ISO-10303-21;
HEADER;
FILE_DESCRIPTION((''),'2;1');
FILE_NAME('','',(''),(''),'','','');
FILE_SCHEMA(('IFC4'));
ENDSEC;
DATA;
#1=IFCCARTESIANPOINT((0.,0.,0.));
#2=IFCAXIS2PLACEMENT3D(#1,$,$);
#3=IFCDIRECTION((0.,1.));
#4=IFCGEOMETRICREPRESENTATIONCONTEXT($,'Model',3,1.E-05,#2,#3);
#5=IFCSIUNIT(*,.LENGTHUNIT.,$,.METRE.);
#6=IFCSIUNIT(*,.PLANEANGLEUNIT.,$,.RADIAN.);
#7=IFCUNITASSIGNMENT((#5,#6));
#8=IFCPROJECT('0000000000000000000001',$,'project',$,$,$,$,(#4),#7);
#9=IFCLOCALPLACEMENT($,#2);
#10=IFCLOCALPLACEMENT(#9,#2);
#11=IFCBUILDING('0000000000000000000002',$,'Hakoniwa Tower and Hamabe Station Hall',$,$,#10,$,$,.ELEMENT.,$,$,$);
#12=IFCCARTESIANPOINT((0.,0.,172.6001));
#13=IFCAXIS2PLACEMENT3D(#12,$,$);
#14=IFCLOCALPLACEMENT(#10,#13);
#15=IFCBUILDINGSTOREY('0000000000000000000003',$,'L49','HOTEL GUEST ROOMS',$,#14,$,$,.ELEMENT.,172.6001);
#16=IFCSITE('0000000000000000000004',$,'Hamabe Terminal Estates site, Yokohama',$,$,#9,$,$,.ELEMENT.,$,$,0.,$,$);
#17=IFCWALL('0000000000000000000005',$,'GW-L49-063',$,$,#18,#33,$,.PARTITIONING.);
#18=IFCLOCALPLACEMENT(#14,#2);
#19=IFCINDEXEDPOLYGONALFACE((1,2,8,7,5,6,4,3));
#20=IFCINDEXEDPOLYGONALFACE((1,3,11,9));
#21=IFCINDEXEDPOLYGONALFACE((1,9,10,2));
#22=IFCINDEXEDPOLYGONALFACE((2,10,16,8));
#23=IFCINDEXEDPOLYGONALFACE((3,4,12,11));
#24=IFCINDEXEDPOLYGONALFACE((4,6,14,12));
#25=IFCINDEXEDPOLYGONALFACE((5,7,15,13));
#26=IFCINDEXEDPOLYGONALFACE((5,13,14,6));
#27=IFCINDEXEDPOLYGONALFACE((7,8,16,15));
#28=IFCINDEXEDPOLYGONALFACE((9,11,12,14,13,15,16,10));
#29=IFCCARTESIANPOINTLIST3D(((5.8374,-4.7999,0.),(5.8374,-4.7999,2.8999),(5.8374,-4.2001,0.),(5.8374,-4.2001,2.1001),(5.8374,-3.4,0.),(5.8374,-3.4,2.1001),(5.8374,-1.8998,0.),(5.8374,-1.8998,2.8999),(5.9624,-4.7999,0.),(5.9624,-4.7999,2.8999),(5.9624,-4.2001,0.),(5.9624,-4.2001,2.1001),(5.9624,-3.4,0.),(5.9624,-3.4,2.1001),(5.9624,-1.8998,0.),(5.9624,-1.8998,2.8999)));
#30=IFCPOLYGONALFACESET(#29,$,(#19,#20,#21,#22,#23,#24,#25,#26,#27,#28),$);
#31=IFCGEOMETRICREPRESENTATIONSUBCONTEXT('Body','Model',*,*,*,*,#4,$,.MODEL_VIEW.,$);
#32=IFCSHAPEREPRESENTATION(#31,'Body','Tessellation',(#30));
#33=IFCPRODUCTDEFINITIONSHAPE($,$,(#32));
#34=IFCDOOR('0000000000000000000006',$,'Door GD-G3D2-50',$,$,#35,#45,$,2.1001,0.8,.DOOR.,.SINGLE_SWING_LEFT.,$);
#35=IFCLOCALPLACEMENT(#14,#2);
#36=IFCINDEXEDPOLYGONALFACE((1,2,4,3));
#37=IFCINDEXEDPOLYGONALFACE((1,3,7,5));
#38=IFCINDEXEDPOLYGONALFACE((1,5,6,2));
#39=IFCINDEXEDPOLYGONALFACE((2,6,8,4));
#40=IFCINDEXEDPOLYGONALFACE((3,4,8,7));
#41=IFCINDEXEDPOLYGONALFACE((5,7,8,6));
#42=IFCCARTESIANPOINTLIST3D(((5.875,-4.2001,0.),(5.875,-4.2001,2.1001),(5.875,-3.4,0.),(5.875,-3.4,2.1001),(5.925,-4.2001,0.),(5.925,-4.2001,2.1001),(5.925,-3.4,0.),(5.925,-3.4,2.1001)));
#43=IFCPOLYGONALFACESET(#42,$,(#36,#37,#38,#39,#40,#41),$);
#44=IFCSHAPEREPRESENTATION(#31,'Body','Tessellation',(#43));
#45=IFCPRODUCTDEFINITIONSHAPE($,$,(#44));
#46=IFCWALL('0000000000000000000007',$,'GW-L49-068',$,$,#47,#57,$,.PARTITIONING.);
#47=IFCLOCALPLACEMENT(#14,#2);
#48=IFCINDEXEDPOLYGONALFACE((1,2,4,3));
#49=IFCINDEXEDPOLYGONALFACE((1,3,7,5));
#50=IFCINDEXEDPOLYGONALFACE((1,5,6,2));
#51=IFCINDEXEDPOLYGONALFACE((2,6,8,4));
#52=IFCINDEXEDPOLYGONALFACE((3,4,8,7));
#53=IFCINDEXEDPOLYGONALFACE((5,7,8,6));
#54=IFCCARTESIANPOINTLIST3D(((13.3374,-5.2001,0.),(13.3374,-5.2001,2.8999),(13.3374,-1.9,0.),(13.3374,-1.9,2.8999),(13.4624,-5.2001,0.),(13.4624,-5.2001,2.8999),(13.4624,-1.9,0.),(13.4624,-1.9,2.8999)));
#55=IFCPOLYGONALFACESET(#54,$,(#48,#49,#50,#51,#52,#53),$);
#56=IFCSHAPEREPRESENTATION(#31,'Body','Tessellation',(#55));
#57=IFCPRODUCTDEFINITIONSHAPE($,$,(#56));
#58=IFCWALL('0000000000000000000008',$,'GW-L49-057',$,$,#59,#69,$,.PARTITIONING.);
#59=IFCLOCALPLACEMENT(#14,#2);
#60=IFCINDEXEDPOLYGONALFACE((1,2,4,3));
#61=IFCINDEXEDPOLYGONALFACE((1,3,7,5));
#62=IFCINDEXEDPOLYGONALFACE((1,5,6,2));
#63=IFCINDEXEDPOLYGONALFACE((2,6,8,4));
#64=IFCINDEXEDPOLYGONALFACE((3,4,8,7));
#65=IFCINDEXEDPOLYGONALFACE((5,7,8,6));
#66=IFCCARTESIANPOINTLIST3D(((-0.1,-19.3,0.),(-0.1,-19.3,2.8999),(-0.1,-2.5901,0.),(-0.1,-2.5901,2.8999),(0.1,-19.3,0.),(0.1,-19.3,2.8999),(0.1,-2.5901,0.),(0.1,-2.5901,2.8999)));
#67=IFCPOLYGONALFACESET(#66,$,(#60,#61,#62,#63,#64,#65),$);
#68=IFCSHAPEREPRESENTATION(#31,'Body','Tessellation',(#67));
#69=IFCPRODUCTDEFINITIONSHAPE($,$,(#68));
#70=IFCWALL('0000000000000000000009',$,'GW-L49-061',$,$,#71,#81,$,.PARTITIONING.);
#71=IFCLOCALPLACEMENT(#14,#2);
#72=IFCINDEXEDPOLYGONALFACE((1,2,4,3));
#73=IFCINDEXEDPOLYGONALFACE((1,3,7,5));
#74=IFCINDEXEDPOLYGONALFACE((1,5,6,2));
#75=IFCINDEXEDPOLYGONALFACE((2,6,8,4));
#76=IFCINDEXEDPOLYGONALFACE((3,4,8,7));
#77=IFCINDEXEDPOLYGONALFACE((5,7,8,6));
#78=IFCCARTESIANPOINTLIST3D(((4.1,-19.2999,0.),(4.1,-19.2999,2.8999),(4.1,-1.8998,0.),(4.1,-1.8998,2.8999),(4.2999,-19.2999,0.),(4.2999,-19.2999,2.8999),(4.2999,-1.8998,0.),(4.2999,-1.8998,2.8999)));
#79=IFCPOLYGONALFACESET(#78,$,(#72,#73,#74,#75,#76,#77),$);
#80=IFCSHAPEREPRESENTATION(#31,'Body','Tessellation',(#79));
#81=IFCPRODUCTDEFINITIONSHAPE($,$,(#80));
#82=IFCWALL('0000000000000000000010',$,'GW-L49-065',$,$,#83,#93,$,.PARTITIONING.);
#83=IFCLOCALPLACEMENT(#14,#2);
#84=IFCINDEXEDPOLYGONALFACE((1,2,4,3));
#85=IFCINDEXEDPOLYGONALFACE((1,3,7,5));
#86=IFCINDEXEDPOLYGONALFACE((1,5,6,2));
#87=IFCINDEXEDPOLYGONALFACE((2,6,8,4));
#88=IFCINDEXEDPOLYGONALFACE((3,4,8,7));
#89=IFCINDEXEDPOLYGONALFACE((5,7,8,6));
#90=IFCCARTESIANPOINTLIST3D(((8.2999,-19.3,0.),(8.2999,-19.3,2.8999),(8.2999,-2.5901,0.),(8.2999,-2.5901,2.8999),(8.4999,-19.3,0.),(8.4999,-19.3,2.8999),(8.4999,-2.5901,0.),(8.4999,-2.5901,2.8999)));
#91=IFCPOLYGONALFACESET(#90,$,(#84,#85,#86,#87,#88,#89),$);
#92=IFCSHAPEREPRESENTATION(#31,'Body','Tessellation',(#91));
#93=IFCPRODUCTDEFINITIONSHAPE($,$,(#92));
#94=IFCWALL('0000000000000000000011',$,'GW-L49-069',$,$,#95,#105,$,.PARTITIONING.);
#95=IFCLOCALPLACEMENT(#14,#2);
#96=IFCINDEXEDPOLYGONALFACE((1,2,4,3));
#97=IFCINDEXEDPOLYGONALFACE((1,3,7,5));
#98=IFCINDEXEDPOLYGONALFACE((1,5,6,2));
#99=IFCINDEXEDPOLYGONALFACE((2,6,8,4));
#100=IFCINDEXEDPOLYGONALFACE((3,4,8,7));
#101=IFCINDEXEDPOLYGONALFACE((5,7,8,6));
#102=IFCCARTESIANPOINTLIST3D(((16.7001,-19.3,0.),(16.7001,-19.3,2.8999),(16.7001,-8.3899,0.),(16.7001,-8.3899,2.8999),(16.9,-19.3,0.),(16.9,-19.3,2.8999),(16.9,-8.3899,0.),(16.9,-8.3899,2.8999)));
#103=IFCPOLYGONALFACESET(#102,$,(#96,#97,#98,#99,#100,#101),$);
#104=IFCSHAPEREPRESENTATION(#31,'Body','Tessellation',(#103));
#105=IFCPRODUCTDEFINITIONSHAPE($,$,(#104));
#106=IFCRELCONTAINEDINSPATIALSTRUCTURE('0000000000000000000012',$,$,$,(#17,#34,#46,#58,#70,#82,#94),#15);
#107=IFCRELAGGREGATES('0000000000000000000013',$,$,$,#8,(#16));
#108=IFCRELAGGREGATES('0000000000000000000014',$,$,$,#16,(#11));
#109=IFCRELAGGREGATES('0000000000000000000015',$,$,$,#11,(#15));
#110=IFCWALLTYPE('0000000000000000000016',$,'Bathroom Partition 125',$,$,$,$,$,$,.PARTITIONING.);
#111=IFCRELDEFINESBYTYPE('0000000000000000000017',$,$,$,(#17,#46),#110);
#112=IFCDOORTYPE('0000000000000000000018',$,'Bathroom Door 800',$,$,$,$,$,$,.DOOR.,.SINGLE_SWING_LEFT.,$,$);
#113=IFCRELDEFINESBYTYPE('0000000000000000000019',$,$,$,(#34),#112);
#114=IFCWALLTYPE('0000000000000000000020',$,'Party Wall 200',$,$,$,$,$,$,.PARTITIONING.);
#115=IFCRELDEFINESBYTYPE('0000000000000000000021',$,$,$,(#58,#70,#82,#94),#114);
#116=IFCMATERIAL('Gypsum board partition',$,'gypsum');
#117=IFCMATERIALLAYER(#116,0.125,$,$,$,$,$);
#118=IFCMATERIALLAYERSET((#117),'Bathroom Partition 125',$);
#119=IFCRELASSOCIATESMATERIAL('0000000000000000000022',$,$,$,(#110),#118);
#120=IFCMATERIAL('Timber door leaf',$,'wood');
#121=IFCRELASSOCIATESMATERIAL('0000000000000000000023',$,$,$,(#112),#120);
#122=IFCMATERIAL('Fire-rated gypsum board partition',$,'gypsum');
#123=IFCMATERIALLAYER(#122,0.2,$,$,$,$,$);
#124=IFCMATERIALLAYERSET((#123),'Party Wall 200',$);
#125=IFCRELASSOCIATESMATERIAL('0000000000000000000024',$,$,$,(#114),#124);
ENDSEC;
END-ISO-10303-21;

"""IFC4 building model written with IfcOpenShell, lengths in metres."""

from ifc_helpers import new_model, si_unit, direction, frame, frame_2d, origin, place, context, subcontext, project, spatial, rectangle, extrude, material, layer, layer_set, type_object, element, fill, save


model = new_model("IFC4")

# Units and contexts
model_context = context("Model", 3, precision=1e-05, world=origin(), true_north=direction((0.0, 1.0)))
body_context = subcontext(model_context, "Body", "Model", "MODEL_VIEW")
ifc_project = project(units=[si_unit("LENGTHUNIT", "METRE"), si_unit("PLANEANGLEUNIT", "RADIAN")], contexts=[model_context])

# Site, building, storey
site_placement = place(None, origin())
site = spatial("IfcSite", under=ifc_project, at=site_placement, Name="Hamabe Terminal Estates site, Yokohama", CompositionType="ELEMENT", RefElevation=0.0)
building_placement = place(site_placement, origin())
building = spatial("IfcBuilding", under=site, at=building_placement, Name="Hakoniwa Tower and Hamabe Station Hall", CompositionType="ELEMENT")
storey_placement = place(building_placement, frame((0.0, 0.0, 172.6001)))
storey = spatial("IfcBuildingStorey", under=building, at=storey_placement, Name="L49", Description="HOTEL GUEST ROOMS", CompositionType="ELEMENT", Elevation=172.6001)

# Shared definitions
ifc_material_1 = material(Name="Gypsum board partition", Category="gypsum")
ifc_layer_1 = layer(ifc_material_1, 0.125)
ifc_layer_set_1 = layer_set([ifc_layer_1], Name="Bathroom Partition 125")
wall_type_1 = type_object("IfcWallType", Name="Bathroom Partition 125", PredefinedType="PARTITIONING", material=ifc_layer_set_1)
ifc_material_2 = material(Name="Timber door leaf", Category="wood")
door_type = type_object("IfcDoorType", Name="Bathroom Door 800", OperationType="SINGLE_SWING_LEFT", PredefinedType="DOOR", material=ifc_material_2)

# Wall, opening, door
wall_1_placement = place(storey_placement, frame((5.8999, -4.8, 0.0), z_axis=(0.0, 0.0, 1.0), x_axis=(0.0, 1.0, 0.0)))
wall_1 = element("IfcWall", 1, at=wall_1_placement, inside=storey, type_object=wall_type_1, Name="GW-L49-063", PredefinedType="PARTITIONING", context=body_context, shape_type="SweptSolid", body=[
    extrude(rectangle(XDim=2.9001, YDim=0.125, at=frame_2d((1.4502, 0.0))), origin(), (0.0, 0.0, 1.0), 2.8999),
])
opening_1_placement = place(wall_1_placement, frame((0.6001, 0.0, 0.0)))
opening_1 = element("IfcOpeningElement", 2, at=opening_1_placement, cuts=wall_1, PredefinedType="OPENING", context=body_context, shape_type="SweptSolid", body=[
    extrude(rectangle(XDim=0.8, YDim=2.1001, at=frame_2d((0.3999, 1.05))), frame((0.0, 0.0725, 0.0), z_axis=(0.0, -1.0, 0.0), x_axis=(1.0, 0.0, 0.0)), (0.0, 0.0, 1.0), 0.145),
])
door_1_placement = place(opening_1_placement, origin())
door_1 = element("IfcDoor", 3, at=door_1_placement, inside=storey, type_object=door_type, Name="Door GD-G3D2-50", OperationType="SINGLE_SWING_LEFT", OverallHeight=2.1001, OverallWidth=0.8, PredefinedType="DOOR", context=body_context, shape_type="SweptSolid", body=[
    extrude(rectangle(XDim=0.8, YDim=2.1001, at=frame_2d((0.3999, 1.05))), frame((0.0, 0.0249, 0.0), z_axis=(0.0, -1.0, 0.0), x_axis=(1.0, 0.0, 0.0)), (0.0, 0.0, 1.0), 0.05),
])
fill(opening_1, door_1)

# Walls
wall_2_placement = place(storey_placement, frame((13.3999, -5.2, 0.0), z_axis=(0.0, 0.0, 1.0), x_axis=(0.0, 1.0, 0.0)))
element("IfcWall", 4, at=wall_2_placement, inside=storey, type_object=wall_type_1, Name="GW-L49-068", PredefinedType="PARTITIONING", context=body_context, shape_type="SweptSolid", body=[
    extrude(rectangle(XDim=3.3, YDim=0.125, at=frame_2d((1.6499, 0.0))), origin(), (0.0, 0.0, 1.0), 2.8999),
])
ifc_material_3 = material(Name="Fire-rated gypsum board partition", Category="gypsum")
ifc_layer_2 = layer(ifc_material_3, 0.2)
ifc_layer_set_2 = layer_set([ifc_layer_2], Name="Party Wall 200")
wall_type_2 = type_object("IfcWallType", Name="Party Wall 200", PredefinedType="PARTITIONING", material=ifc_layer_set_2)
wall_3_placement = place(storey_placement, frame((0.0, -19.3, 0.0), z_axis=(0.0, 0.0, 1.0), x_axis=(0.0, 1.0, 0.0)))
element("IfcWall", 5, at=wall_3_placement, inside=storey, type_object=wall_type_2, Name="GW-L49-057", PredefinedType="PARTITIONING", context=body_context, shape_type="SweptSolid", body=[
    extrude(rectangle(XDim=16.71, YDim=0.2, at=frame_2d((8.355, 0.0))), origin(), (0.0, 0.0, 1.0), 2.8999),
])
wall_4_placement = place(storey_placement, frame((4.2, -19.3, 0.0), z_axis=(0.0, 0.0, 1.0), x_axis=(0.0, 1.0, 0.0)))
element("IfcWall", 6, at=wall_4_placement, inside=storey, type_object=wall_type_2, Name="GW-L49-061", PredefinedType="PARTITIONING", context=body_context, shape_type="SweptSolid", body=[
    extrude(rectangle(XDim=17.4001, YDim=0.2, at=frame_2d((8.7002, 0.0))), origin(), (0.0, 0.0, 1.0), 2.8999),
])
wall_5_placement = place(storey_placement, frame((8.3999, -19.3, 0.0), z_axis=(0.0, 0.0, 1.0), x_axis=(0.0, 1.0, 0.0)))
element("IfcWall", 7, at=wall_5_placement, inside=storey, type_object=wall_type_2, Name="GW-L49-065", PredefinedType="PARTITIONING", context=body_context, shape_type="SweptSolid", body=[
    extrude(rectangle(XDim=16.71, YDim=0.2, at=frame_2d((8.355, 0.0))), origin(), (0.0, 0.0, 1.0), 2.8999),
])
wall_6_placement = place(storey_placement, frame((16.8, -19.3, 0.0), z_axis=(0.0, 0.0, 1.0), x_axis=(0.0, 1.0, 0.0)))
element("IfcWall", 8, at=wall_6_placement, inside=storey, type_object=wall_type_2, Name="GW-L49-069", PredefinedType="PARTITIONING", context=body_context, shape_type="SweptSolid", body=[
    extrude(rectangle(XDim=10.9102, YDim=0.2, at=frame_2d((5.4551, 0.0))), origin(), (0.0, 0.0, 1.0), 2.8999),
])

save(model, "model.ifc")
